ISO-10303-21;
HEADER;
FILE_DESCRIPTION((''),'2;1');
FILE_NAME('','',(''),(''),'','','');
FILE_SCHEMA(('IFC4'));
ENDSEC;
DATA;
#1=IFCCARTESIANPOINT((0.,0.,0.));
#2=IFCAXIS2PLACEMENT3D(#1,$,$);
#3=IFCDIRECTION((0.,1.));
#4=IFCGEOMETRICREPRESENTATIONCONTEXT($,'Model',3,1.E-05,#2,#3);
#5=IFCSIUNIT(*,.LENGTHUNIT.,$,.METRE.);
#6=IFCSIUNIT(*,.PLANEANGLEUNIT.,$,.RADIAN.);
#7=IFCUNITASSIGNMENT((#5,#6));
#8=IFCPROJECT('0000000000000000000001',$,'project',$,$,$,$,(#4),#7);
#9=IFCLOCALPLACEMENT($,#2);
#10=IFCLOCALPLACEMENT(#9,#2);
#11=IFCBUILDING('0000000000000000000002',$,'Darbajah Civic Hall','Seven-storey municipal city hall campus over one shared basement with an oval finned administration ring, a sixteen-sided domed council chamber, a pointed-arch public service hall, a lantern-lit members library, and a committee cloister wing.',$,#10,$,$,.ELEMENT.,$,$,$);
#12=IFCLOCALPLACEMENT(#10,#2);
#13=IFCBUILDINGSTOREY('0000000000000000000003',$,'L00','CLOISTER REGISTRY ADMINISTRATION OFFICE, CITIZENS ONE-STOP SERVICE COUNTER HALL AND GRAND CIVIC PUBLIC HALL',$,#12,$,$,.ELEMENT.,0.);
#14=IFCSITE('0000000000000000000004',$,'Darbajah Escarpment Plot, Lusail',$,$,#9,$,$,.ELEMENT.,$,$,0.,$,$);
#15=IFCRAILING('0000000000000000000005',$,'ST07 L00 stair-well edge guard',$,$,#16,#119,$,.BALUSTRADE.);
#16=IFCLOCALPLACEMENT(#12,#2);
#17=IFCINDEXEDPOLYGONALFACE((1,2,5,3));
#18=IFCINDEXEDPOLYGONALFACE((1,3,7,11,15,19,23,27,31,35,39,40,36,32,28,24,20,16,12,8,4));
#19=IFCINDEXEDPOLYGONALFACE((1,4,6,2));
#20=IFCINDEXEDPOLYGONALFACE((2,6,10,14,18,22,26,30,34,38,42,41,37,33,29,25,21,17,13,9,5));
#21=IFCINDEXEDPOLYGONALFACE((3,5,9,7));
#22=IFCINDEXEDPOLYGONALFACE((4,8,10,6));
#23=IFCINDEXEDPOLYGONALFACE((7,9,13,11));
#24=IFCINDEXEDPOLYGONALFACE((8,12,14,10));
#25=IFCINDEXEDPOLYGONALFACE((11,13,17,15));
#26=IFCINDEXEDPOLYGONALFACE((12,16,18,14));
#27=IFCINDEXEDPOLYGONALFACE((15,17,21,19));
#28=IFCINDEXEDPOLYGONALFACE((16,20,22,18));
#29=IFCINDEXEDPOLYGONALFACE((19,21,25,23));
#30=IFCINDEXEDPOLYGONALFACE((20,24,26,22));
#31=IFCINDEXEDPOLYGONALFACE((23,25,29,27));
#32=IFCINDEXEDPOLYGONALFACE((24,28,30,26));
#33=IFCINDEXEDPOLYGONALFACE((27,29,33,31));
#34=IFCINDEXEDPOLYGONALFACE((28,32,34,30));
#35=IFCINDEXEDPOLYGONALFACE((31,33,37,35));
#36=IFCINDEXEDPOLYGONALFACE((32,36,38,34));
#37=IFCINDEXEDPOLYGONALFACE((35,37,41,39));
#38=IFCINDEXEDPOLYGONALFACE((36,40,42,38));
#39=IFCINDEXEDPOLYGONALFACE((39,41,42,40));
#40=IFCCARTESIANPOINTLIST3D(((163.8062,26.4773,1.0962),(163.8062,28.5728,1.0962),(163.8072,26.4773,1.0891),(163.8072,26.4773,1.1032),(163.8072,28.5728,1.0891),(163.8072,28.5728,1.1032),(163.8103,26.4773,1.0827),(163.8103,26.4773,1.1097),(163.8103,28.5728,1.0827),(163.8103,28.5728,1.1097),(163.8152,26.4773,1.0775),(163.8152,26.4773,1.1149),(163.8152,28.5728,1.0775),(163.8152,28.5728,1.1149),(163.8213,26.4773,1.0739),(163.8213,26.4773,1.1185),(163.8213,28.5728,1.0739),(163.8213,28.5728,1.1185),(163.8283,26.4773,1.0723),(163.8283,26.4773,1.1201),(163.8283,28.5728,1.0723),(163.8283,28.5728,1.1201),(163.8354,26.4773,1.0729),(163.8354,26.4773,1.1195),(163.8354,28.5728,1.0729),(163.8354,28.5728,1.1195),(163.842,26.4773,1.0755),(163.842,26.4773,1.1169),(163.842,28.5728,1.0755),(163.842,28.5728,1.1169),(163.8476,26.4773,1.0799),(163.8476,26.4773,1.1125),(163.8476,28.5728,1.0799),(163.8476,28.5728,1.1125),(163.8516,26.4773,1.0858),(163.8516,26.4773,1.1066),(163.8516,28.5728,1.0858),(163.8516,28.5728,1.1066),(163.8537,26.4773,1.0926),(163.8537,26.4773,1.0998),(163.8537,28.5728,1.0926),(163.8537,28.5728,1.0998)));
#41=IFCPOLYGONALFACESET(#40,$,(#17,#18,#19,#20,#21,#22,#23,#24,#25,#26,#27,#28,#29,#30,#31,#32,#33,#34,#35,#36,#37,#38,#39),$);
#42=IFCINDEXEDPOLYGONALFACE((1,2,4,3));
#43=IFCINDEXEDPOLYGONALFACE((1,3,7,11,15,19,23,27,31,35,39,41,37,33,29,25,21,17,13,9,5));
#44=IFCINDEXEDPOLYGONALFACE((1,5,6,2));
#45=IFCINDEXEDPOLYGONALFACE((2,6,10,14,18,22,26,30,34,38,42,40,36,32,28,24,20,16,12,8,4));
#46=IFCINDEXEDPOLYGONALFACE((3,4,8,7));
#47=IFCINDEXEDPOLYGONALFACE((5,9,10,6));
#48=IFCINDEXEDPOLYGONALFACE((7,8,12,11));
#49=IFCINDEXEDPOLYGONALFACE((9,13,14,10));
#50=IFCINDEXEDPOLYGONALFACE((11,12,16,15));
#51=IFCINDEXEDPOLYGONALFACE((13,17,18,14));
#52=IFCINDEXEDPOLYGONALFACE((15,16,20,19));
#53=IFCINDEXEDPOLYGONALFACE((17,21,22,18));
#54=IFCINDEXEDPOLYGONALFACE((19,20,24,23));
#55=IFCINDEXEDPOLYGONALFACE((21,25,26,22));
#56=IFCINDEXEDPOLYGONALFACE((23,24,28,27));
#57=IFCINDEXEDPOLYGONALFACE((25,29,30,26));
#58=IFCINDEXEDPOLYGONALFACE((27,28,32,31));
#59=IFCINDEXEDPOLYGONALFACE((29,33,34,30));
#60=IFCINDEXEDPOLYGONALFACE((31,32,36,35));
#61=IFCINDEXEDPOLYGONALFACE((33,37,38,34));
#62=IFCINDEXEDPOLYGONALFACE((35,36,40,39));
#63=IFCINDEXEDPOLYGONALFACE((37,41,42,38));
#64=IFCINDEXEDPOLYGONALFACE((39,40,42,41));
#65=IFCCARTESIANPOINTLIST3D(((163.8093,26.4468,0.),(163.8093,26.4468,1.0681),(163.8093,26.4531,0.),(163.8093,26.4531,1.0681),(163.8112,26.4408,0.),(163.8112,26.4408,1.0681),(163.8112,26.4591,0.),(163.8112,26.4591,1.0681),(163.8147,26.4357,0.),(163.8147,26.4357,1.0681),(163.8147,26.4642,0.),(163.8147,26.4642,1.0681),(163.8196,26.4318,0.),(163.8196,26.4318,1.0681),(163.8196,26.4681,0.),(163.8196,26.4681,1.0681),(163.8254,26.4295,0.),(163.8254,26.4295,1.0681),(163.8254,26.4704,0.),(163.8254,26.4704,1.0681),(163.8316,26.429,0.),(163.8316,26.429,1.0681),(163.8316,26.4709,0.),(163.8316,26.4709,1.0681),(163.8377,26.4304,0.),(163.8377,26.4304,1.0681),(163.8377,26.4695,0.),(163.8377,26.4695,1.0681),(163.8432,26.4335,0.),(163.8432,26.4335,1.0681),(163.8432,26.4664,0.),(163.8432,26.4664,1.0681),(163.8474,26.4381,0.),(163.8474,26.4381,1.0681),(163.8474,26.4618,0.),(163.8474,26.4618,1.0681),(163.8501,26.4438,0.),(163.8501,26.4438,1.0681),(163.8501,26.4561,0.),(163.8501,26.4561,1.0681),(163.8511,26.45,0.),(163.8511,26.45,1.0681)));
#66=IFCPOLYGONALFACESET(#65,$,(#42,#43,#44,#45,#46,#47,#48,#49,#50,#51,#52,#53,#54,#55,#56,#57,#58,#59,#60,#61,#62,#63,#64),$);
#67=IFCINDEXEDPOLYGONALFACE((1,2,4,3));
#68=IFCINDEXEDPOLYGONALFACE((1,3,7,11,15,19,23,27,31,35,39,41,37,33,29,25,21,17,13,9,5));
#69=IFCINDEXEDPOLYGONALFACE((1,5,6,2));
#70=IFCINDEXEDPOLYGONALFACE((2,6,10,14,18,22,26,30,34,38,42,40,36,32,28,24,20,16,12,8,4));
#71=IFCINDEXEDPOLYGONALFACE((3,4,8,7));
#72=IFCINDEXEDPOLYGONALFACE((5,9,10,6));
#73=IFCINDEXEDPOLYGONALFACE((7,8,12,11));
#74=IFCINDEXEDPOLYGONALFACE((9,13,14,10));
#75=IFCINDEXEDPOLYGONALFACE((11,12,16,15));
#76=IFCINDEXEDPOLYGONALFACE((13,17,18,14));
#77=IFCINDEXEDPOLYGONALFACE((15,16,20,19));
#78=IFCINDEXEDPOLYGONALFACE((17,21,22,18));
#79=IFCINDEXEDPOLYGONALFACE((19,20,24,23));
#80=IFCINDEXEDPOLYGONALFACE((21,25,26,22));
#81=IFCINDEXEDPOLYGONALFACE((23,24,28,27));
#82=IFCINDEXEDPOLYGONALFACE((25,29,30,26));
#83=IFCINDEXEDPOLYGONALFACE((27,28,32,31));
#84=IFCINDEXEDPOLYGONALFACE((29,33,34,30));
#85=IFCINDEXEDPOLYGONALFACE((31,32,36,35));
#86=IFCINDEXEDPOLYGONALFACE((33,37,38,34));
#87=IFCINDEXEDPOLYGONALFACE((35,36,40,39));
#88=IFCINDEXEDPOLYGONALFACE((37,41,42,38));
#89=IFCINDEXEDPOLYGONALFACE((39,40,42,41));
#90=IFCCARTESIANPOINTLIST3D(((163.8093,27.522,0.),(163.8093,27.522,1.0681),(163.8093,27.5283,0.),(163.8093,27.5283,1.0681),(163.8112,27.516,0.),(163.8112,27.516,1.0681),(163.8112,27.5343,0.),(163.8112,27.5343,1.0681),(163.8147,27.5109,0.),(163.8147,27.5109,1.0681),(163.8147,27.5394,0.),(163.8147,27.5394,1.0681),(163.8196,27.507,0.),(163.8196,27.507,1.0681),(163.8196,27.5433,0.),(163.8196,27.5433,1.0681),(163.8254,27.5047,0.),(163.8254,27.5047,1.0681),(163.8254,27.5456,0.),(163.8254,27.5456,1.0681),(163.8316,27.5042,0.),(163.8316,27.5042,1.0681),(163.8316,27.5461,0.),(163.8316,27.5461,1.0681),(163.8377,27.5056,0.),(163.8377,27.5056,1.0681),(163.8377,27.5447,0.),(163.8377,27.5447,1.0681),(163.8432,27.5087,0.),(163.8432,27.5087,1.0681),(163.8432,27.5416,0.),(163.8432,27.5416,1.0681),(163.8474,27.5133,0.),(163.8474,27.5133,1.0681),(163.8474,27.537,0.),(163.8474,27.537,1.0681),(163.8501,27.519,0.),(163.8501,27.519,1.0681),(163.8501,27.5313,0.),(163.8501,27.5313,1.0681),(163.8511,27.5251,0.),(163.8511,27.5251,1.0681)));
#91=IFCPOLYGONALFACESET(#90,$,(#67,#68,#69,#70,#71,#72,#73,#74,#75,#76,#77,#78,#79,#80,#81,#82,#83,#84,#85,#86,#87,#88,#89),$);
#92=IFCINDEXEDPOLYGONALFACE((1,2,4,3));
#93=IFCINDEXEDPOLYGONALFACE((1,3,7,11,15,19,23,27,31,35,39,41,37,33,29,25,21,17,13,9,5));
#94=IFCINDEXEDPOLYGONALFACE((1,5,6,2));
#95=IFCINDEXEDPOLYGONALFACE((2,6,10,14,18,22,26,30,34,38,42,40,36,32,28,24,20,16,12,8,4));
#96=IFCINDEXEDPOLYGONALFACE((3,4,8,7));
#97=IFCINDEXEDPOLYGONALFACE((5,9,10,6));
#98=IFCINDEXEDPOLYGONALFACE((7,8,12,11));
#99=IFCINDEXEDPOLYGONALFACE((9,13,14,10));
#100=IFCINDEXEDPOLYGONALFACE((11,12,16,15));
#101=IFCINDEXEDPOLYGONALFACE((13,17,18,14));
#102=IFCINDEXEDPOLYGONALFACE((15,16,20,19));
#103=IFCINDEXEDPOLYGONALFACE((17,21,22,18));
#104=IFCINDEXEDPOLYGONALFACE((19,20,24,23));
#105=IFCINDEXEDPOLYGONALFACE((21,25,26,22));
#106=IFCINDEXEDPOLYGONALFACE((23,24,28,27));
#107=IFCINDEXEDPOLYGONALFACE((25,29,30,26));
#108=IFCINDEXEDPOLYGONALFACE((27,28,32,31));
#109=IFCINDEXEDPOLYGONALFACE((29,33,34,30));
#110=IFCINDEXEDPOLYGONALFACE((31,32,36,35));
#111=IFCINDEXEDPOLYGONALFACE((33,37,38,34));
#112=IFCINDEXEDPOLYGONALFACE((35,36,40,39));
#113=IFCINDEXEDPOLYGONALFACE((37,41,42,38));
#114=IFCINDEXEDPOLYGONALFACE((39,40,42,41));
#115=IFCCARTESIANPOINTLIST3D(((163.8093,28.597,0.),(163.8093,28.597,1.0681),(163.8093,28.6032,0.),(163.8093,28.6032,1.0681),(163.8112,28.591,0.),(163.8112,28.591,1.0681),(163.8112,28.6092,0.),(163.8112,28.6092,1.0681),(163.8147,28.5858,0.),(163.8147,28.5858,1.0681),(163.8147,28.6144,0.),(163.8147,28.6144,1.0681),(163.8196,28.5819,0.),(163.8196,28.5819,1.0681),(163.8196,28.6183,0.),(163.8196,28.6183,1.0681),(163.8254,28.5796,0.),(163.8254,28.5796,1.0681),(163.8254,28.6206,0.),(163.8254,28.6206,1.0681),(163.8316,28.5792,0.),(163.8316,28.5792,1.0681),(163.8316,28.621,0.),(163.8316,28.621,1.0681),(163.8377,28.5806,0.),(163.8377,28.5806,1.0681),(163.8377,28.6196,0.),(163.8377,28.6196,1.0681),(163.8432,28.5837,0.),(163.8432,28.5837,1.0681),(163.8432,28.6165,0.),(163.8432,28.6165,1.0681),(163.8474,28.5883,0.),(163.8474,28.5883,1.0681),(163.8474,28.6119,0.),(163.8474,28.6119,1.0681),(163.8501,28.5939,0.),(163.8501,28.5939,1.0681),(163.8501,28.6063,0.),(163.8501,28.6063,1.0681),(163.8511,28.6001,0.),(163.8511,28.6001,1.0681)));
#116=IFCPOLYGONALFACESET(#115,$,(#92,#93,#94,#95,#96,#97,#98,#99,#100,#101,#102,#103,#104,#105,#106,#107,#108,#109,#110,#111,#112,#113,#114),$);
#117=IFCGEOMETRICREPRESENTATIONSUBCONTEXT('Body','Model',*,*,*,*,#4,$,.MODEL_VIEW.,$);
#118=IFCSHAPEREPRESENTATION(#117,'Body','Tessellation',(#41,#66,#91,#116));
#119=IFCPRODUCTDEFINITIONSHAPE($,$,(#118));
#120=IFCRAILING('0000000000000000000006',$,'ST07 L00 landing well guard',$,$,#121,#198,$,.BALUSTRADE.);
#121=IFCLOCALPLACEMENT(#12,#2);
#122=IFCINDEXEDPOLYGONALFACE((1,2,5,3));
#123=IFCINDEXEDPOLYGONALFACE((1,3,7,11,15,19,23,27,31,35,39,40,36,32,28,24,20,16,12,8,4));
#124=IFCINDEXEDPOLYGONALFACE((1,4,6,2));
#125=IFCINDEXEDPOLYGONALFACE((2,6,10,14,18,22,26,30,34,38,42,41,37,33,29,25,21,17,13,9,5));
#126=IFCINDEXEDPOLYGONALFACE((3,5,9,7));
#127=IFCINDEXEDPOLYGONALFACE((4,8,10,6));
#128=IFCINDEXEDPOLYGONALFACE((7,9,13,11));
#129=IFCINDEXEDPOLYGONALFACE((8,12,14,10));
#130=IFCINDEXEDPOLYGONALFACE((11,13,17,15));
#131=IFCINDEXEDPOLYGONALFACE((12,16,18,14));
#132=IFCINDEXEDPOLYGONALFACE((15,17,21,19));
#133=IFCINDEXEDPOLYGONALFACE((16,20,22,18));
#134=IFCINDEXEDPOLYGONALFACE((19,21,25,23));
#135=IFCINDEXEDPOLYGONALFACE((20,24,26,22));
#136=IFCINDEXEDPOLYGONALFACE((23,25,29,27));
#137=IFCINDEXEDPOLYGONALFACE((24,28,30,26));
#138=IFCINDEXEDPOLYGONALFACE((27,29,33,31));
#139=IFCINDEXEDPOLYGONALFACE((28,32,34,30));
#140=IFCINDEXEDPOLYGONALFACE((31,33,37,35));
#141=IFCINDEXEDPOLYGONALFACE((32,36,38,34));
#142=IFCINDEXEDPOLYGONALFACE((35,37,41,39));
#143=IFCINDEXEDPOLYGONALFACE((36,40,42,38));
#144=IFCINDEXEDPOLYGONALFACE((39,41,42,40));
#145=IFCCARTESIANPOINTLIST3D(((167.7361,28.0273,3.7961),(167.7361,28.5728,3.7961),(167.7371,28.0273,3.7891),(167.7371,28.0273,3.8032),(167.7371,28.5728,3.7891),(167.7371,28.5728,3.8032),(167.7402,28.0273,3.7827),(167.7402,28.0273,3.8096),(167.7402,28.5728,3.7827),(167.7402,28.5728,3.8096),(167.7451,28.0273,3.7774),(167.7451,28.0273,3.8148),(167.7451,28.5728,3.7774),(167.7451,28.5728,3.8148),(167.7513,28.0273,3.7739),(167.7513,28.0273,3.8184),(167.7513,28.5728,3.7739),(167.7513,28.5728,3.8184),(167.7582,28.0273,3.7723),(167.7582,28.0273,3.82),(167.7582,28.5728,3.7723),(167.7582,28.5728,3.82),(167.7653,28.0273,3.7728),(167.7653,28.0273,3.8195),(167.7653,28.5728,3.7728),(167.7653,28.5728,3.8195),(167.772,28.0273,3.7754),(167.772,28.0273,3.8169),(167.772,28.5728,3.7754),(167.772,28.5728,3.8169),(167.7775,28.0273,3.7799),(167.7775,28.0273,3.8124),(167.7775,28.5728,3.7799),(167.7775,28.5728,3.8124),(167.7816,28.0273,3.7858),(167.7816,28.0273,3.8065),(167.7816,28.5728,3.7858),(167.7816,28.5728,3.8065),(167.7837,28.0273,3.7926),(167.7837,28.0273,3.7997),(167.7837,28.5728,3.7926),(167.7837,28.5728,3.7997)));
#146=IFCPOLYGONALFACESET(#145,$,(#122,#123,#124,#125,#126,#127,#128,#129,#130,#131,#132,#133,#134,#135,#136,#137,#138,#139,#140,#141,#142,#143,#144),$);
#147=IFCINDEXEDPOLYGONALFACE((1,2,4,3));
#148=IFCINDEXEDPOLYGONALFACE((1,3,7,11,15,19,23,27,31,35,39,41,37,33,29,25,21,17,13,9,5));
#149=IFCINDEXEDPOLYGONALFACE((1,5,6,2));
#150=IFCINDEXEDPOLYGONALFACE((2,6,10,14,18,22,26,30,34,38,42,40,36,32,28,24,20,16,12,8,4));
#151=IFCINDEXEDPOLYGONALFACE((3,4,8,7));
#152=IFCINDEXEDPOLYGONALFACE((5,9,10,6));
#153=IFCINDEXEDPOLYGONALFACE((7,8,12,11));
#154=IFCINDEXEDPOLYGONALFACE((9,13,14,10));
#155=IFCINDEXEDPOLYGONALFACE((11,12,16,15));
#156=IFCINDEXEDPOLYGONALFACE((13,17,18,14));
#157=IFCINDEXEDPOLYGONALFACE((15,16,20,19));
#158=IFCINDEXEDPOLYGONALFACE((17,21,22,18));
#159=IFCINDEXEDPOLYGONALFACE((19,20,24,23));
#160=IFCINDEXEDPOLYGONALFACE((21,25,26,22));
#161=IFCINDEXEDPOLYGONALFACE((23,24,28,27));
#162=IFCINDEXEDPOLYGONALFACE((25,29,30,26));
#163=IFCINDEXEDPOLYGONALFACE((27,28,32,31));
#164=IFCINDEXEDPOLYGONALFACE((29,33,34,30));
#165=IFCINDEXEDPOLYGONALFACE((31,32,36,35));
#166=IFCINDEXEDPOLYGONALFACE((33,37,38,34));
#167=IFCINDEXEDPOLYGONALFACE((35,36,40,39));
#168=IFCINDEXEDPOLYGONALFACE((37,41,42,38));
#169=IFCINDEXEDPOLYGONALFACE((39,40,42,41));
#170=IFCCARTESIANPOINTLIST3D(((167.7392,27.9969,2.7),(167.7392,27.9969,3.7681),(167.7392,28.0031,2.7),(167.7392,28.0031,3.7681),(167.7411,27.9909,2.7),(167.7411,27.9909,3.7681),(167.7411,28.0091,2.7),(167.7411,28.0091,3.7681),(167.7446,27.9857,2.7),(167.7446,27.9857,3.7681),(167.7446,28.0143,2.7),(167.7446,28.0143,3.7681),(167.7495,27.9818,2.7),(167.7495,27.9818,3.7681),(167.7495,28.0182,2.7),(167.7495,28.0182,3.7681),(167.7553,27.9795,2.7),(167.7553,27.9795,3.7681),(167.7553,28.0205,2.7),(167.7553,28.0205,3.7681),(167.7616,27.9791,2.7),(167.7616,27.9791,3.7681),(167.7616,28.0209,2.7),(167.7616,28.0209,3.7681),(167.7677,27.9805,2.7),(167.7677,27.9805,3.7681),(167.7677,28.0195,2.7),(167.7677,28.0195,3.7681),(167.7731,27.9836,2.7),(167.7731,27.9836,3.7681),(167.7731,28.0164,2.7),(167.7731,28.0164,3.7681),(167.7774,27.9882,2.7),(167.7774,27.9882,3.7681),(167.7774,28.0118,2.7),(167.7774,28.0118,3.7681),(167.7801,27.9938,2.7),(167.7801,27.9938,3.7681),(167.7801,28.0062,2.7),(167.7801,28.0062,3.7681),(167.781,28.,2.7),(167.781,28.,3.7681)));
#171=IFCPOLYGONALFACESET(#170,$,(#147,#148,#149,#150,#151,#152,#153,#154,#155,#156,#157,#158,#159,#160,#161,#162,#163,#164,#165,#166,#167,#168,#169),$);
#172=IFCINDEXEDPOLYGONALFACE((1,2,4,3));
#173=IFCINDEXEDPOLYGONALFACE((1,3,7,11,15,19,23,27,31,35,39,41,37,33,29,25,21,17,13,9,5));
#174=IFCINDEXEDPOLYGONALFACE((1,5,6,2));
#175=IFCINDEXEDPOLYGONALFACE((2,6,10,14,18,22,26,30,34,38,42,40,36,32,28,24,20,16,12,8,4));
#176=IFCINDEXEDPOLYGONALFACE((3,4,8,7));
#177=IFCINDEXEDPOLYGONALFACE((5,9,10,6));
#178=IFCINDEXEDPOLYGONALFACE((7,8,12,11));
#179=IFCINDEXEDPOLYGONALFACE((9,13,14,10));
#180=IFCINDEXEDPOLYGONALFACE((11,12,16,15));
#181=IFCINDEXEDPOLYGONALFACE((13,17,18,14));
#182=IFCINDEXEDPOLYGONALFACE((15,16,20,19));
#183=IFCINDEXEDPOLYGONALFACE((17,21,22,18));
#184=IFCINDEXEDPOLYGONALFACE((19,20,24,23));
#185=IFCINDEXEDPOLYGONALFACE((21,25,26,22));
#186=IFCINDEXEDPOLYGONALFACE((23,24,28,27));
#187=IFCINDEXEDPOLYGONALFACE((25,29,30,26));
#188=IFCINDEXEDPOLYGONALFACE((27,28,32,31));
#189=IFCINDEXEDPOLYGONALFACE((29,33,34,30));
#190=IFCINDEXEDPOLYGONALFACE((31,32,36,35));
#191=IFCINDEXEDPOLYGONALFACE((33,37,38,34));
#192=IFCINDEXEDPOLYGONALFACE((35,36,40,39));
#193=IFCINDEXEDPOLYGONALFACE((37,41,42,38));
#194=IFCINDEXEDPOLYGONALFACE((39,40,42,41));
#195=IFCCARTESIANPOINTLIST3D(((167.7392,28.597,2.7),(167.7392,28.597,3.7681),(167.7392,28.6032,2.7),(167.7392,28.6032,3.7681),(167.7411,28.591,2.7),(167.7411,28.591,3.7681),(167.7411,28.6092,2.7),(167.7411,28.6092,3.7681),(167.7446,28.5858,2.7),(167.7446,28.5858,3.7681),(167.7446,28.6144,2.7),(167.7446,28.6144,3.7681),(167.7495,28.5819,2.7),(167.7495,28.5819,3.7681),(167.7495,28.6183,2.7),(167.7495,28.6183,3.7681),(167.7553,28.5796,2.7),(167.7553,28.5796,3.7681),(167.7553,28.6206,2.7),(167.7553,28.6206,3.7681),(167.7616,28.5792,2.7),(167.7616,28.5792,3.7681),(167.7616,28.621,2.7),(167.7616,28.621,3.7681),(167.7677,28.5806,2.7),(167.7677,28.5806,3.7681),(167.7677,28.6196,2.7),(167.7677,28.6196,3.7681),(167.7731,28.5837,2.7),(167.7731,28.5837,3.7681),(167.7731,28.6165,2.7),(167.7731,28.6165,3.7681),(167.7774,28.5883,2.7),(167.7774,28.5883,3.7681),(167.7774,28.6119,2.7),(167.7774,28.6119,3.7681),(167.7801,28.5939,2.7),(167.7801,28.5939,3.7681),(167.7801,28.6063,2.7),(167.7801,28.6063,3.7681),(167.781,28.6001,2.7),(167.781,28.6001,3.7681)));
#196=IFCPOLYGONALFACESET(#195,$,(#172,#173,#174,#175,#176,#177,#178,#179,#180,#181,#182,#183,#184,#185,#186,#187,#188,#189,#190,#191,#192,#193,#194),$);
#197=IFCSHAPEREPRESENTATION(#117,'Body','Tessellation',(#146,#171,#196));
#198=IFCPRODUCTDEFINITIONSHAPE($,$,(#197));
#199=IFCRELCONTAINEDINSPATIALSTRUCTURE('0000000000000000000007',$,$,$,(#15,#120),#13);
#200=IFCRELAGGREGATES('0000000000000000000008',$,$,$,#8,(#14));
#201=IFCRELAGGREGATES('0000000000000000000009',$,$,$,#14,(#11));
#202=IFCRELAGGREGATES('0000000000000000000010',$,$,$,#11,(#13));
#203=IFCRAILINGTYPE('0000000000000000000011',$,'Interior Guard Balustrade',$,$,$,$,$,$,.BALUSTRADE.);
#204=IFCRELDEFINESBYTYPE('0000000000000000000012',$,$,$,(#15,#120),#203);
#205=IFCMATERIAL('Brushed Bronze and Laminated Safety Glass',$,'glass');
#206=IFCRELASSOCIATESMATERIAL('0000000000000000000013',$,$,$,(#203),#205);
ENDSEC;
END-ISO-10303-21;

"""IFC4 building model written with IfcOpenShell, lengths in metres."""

from ifc_helpers import new_model, si_unit, direction, frame, origin, origin_2d, place, context, subcontext, project, spatial, circle, extrude, material, type_object, element, save


model = new_model("IFC4")

# Units and contexts
model_context = context("Model", 3, precision=1e-05, world=origin(), true_north=direction((0.0, 1.0)))
body_context = subcontext(model_context, "Body", "Model", "MODEL_VIEW")
ifc_project = project(units=[si_unit("LENGTHUNIT", "METRE"), si_unit("PLANEANGLEUNIT", "RADIAN")], contexts=[model_context])

# Site, building, storey
site_placement = place(None, origin())
site = spatial("IfcSite", under=ifc_project, at=site_placement, Name="Darbajah Escarpment Plot, Lusail", CompositionType="ELEMENT", RefElevation=0.0)
building_placement = place(site_placement, origin())
building = spatial("IfcBuilding", under=site, at=building_placement, Name="Darbajah Civic Hall", Description="Seven-storey municipal city hall campus over one shared basement with an oval finned administration ring, a sixteen-sided domed council chamber, a pointed-arch public service hall, a lantern-lit members library, and a committee cloister wing.", CompositionType="ELEMENT")
storey_placement = place(building_placement, origin())
storey = spatial("IfcBuildingStorey", under=building, at=storey_placement, Name="L00", Description="CLOISTER REGISTRY ADMINISTRATION OFFICE, CITIZENS ONE-STOP SERVICE COUNTER HALL AND GRAND CIVIC PUBLIC HALL", CompositionType="ELEMENT", Elevation=0.0)

# Railings
ifc_material_1 = material(Name="Brushed Bronze and Laminated Safety Glass", Category="glass")
railing_type_1 = type_object("IfcRailingType", Name="Interior Guard Balustrade", PredefinedType="BALUSTRADE", material=ifc_material_1)
railing_1_placement = place(storey_placement, frame((163.8301, 26.45, 0.0)))
element("IfcRailing", 1, at=railing_1_placement, inside=storey, type_object=railing_type_1, Name="ST07 L00 stair-well edge guard", PredefinedType="BALUSTRADE", context=body_context, shape_type="SweptSolid", body=[
    extrude(circle(Radius=0.0239, at=origin_2d()), frame((0.0, 0.0273, 1.0962), z_axis=(0.0, 1.0, 0.0), x_axis=(-1.0, 0.0, 0.0)), (0.0, 0.0, 1.0), 2.0955),
    extrude(circle(Radius=0.021, at=origin_2d()), origin(), (0.0, 0.0, 1.0), 1.0681),
    extrude(circle(Radius=0.021, at=origin_2d()), frame((0.0, 1.0752, 0.0)), (0.0, 0.0, 1.0), 1.0681),
    extrude(circle(Radius=0.021, at=origin_2d()), frame((0.0, 2.1501, 0.0)), (0.0, 0.0, 1.0), 1.0681),
])
railing_2_placement = place(storey_placement, frame((167.76, 28.0, 2.7)))
element("IfcRailing", 2, at=railing_2_placement, inside=storey, type_object=railing_type_1, Name="ST07 L00 landing well guard", PredefinedType="BALUSTRADE", context=body_context, shape_type="SweptSolid", body=[
    extrude(circle(Radius=0.0239, at=origin_2d()), frame((0.0, 0.0273, 1.0962), z_axis=(0.0, 1.0, 0.0), x_axis=(-1.0, 0.0, 0.0)), (0.0, 0.0, 1.0), 0.5454),
    extrude(circle(Radius=0.021, at=origin_2d()), origin(), (0.0, 0.0, 1.0), 1.0681),
    extrude(circle(Radius=0.021, at=origin_2d()), frame((0.0, 0.6001, 0.0)), (0.0, 0.0, 1.0), 1.0681),
])

save(model, "model.ifc")
